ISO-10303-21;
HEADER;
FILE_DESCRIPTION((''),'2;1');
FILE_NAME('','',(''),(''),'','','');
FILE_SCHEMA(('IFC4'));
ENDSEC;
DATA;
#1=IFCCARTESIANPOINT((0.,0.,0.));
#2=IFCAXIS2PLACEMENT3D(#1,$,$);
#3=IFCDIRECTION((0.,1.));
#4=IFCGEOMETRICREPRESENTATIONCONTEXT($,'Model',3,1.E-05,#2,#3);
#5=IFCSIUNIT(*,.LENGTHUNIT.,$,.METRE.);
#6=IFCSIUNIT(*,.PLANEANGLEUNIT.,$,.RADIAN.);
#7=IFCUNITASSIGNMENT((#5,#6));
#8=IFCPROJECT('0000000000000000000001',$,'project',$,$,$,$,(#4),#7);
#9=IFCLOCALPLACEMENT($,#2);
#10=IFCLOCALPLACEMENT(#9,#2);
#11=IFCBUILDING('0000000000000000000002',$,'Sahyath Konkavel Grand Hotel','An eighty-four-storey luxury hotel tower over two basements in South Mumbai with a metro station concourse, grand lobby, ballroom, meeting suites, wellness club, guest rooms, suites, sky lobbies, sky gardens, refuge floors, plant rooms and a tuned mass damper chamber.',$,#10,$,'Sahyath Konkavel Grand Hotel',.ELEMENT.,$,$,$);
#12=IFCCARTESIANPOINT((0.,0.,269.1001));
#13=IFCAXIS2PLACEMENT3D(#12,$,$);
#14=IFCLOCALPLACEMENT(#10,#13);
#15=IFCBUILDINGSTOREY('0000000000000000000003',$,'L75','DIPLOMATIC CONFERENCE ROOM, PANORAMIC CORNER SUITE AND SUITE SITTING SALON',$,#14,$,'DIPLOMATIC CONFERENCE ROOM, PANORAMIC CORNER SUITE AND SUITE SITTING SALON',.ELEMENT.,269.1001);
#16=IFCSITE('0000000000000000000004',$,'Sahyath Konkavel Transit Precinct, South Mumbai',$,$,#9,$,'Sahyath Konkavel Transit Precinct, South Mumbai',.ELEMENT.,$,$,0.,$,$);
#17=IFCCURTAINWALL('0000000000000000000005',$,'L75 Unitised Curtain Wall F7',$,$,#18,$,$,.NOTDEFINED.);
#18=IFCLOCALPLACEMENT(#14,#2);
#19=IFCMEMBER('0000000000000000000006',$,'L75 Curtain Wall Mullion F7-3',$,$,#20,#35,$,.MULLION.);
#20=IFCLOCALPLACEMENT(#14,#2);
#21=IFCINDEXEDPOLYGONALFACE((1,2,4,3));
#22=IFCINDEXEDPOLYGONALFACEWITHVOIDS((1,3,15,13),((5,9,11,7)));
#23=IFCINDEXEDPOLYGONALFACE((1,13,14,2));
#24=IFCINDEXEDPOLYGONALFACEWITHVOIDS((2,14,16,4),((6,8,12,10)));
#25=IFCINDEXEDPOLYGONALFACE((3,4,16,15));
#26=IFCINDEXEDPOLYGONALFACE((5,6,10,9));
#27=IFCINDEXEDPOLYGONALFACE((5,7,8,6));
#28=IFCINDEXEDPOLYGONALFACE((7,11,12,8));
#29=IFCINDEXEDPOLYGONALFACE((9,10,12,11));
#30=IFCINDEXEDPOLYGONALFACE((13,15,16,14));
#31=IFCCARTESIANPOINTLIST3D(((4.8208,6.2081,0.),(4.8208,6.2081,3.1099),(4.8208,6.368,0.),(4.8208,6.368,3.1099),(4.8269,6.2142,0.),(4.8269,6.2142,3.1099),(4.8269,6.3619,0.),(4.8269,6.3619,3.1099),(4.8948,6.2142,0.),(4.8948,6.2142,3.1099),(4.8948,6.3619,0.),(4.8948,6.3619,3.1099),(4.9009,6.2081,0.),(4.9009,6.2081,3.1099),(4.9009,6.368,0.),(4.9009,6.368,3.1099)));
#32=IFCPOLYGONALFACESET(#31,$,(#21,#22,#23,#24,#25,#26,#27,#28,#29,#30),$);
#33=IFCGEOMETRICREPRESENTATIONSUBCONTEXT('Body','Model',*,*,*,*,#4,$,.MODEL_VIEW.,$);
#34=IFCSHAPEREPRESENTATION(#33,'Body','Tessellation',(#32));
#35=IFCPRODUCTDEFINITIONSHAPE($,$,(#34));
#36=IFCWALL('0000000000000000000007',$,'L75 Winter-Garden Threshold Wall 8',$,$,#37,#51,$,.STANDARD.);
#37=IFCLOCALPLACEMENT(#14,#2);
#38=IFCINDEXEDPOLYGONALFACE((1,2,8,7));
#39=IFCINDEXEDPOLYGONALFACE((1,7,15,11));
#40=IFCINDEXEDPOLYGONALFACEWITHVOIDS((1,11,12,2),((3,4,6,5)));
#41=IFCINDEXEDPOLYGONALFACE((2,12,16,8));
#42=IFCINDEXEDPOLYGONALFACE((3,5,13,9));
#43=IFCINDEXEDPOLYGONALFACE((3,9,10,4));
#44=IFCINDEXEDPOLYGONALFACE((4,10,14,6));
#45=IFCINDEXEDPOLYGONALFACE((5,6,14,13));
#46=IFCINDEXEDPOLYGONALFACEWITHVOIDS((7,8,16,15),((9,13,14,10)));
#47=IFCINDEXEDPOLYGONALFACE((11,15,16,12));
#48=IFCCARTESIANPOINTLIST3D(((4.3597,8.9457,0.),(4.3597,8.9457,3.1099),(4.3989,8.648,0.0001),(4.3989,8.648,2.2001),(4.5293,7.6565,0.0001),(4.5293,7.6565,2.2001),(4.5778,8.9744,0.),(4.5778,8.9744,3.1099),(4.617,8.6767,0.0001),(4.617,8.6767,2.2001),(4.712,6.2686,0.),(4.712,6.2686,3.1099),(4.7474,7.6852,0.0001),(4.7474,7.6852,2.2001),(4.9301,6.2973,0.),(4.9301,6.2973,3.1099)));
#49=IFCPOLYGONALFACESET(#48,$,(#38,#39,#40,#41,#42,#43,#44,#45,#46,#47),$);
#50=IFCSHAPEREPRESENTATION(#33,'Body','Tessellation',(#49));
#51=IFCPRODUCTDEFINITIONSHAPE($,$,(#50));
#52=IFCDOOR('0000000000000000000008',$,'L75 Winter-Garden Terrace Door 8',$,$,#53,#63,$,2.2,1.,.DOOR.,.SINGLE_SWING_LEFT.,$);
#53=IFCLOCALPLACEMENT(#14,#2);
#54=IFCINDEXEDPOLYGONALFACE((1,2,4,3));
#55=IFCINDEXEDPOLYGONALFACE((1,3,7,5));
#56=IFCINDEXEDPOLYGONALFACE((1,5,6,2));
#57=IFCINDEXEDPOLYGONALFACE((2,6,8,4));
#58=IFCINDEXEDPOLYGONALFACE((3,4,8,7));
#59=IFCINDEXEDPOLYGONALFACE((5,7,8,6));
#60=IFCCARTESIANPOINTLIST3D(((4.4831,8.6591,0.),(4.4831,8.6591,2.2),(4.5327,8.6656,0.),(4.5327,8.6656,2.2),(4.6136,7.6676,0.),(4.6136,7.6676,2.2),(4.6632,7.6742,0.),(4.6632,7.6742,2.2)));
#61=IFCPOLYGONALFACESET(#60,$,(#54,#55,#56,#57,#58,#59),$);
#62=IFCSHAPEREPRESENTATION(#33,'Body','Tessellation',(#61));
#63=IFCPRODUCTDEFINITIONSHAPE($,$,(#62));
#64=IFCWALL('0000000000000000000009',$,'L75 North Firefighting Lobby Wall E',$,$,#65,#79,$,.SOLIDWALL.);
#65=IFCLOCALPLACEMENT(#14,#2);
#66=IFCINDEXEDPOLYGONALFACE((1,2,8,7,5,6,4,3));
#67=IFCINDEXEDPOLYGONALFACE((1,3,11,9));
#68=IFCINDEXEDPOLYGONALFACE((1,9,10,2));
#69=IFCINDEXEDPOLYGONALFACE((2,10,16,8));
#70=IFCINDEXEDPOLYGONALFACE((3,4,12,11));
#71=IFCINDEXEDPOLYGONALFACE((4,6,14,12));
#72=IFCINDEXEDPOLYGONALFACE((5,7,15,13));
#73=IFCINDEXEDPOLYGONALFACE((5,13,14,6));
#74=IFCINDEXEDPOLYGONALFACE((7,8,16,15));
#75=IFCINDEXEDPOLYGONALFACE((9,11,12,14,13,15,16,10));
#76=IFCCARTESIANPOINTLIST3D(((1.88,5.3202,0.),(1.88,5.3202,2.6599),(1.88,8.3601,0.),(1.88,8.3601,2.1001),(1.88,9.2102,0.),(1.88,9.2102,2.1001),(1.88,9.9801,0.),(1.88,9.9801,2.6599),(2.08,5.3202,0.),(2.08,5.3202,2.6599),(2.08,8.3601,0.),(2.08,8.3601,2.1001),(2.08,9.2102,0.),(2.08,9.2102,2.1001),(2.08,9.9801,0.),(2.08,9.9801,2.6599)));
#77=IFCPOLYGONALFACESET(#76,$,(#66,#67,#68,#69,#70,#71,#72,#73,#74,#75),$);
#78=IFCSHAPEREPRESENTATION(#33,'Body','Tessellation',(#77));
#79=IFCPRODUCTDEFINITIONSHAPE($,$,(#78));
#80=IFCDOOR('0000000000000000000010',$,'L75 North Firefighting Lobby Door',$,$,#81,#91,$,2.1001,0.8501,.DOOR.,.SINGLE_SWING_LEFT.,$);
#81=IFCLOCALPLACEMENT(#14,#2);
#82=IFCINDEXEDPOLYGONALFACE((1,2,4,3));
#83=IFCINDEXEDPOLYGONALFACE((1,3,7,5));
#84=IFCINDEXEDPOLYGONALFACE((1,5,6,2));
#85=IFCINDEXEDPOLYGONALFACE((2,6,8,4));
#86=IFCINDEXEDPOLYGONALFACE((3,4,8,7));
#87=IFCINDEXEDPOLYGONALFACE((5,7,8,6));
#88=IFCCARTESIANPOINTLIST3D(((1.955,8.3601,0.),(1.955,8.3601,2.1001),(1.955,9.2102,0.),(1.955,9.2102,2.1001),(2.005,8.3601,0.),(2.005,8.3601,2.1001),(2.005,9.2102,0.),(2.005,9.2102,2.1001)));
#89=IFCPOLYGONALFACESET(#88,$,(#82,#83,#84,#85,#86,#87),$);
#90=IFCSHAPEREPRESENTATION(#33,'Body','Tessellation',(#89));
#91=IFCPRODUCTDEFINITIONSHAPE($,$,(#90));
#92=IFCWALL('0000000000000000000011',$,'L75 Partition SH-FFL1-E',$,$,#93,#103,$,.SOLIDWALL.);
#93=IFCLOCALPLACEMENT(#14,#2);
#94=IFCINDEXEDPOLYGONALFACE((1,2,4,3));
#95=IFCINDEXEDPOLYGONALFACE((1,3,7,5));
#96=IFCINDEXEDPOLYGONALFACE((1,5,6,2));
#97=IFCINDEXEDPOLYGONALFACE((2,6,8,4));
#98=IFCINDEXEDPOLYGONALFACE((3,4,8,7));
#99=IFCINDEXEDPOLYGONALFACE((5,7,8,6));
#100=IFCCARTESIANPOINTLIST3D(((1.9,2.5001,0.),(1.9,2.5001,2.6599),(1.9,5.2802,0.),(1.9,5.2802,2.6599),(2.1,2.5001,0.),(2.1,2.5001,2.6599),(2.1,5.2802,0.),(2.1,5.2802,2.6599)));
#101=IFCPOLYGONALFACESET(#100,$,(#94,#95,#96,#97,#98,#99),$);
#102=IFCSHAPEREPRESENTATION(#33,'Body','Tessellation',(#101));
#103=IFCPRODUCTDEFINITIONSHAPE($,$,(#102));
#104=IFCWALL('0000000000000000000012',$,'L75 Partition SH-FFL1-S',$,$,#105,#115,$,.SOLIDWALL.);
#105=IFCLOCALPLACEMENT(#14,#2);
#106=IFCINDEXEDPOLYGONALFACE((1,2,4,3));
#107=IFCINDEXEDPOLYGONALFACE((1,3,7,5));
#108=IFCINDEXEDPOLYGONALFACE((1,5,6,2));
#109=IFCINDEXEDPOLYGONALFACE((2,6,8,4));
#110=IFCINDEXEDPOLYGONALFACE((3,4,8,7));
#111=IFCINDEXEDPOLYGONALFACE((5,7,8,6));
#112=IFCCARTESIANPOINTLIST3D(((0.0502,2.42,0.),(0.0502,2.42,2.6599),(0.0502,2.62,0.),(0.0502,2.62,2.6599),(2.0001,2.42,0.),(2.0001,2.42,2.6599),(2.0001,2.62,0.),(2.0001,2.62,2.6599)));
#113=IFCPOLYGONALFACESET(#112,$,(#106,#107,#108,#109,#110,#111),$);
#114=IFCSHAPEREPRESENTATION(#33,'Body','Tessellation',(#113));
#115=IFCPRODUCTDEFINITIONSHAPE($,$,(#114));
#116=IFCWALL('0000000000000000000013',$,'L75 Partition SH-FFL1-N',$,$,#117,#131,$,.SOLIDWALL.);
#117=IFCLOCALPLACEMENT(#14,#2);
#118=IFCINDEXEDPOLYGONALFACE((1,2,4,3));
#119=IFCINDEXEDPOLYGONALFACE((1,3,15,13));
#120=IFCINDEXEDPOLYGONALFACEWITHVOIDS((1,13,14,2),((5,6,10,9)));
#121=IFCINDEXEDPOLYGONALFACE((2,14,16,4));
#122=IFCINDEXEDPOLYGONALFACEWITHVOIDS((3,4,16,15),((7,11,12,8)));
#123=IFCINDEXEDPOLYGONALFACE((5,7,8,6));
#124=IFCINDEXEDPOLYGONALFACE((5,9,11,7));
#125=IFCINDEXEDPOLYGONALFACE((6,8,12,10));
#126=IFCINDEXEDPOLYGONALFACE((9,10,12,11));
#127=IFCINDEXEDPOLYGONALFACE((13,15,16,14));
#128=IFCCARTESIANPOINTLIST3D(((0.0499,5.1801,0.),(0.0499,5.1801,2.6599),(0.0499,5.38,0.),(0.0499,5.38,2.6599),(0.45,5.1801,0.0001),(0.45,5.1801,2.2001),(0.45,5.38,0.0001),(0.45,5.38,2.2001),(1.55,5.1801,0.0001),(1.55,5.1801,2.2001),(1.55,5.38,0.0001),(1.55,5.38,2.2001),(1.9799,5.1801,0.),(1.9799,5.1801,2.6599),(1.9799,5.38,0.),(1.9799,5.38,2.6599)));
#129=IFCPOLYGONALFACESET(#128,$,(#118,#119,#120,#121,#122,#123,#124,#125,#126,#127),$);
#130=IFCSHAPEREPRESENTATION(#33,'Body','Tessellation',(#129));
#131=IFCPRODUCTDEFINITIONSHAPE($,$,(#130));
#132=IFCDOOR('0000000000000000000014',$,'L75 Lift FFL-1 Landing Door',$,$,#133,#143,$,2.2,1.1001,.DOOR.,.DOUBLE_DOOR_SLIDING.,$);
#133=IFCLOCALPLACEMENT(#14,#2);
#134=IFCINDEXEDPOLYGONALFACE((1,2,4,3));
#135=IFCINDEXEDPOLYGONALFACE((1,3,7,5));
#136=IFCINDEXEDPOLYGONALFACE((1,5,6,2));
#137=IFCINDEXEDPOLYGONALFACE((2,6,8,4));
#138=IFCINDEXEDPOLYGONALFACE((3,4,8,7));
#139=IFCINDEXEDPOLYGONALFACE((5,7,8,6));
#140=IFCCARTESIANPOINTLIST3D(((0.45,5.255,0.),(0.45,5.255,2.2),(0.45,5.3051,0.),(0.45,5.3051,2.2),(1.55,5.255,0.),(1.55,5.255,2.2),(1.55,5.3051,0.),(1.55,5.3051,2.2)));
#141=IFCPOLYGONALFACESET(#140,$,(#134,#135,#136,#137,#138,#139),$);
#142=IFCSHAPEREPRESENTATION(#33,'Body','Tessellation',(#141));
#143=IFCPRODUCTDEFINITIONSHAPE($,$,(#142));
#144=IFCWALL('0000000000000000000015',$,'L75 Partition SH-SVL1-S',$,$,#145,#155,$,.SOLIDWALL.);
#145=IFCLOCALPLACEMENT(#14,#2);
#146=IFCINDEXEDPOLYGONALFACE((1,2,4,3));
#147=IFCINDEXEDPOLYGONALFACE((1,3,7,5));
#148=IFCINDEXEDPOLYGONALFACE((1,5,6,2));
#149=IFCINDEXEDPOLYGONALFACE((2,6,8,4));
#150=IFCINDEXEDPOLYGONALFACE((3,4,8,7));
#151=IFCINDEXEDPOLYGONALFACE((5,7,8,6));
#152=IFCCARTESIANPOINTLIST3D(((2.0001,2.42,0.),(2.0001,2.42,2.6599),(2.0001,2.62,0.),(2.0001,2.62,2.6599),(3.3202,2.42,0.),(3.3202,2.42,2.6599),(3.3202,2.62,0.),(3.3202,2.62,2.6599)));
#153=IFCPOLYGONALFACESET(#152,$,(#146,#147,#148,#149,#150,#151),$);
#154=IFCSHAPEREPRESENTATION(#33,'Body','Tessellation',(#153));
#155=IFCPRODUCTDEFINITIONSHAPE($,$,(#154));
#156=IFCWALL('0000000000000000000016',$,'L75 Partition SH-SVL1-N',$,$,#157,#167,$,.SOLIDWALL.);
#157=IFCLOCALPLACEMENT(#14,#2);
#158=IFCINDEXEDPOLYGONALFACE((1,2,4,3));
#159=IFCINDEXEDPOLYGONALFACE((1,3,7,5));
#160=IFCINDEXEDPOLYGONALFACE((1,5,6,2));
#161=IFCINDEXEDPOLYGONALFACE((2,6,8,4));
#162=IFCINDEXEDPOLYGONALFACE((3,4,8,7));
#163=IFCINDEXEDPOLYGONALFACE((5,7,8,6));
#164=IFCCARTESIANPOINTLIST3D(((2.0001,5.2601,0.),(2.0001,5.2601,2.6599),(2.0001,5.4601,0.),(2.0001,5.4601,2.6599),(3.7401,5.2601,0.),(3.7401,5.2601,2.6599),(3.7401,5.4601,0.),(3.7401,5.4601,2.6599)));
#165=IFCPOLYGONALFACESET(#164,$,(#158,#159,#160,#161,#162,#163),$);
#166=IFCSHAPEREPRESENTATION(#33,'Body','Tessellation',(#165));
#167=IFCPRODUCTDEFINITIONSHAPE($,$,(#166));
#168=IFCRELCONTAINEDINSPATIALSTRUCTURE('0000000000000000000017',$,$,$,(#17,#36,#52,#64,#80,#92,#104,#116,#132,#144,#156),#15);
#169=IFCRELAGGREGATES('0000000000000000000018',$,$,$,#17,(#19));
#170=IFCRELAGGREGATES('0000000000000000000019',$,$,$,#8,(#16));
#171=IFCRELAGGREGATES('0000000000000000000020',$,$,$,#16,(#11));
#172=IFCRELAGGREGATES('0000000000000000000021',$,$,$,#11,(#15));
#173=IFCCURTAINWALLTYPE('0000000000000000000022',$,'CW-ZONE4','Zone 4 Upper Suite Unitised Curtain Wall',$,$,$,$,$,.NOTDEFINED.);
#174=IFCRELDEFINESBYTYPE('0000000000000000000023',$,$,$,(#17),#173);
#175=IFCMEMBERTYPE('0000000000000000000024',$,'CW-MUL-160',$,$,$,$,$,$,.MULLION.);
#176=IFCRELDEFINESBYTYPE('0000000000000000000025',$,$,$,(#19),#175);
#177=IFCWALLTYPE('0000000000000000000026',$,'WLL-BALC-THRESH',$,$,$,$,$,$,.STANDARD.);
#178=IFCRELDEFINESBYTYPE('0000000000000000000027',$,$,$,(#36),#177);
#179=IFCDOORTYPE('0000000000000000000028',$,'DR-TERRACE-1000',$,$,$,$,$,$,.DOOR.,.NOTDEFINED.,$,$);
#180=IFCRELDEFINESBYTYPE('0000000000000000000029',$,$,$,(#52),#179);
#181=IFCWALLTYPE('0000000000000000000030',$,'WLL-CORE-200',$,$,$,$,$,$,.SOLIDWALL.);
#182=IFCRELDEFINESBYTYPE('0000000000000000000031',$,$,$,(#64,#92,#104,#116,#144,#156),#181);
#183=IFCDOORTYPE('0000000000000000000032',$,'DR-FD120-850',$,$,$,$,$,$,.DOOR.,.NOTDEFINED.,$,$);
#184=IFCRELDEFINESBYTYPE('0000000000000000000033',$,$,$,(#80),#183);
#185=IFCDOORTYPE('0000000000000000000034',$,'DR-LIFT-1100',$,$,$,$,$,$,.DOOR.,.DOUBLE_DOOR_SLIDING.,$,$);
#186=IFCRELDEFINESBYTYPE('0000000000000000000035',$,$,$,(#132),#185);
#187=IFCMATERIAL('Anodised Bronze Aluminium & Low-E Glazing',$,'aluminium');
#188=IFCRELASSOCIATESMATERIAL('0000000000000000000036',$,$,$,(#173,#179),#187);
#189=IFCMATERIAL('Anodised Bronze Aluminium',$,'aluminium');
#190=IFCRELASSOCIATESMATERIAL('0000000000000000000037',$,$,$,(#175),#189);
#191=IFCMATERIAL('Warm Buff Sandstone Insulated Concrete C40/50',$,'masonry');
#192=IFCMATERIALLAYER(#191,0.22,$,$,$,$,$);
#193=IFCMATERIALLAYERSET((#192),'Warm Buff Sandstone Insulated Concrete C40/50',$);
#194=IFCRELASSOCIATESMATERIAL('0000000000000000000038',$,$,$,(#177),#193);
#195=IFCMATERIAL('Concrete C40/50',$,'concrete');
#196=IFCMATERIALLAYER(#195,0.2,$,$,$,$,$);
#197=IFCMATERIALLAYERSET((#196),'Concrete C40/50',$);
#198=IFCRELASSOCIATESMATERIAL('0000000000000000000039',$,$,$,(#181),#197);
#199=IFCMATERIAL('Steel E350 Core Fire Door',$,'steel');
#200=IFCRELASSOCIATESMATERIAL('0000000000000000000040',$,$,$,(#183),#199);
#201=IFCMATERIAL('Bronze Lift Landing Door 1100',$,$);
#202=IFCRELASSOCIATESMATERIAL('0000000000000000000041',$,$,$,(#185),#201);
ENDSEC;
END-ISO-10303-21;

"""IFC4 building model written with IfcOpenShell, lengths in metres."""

from ifc_helpers import new_model, si_unit, direction, frame, frame_2d, origin, origin_2d, place, context, subcontext, project, spatial, rectangle, hollow_rectangle, extrude, source, transform, mapped, material, layer, layer_set, material_profile, profile_set, type_object, element, fill, aggregate, save


model = new_model("IFC4")

# Units and contexts
model_context = context("Model", 3, precision=1e-05, world=origin(), true_north=direction((0.0, 1.0)))
body_context = subcontext(model_context, "Body", "Model", "MODEL_VIEW")
ifc_project = project(units=[si_unit("LENGTHUNIT", "METRE"), si_unit("PLANEANGLEUNIT", "RADIAN")], contexts=[model_context])

# Site, building, storey
site_placement = place(None, origin())
site = spatial("IfcSite", under=ifc_project, at=site_placement, Name="Sahyath Konkavel Transit Precinct, South Mumbai", LongName="Sahyath Konkavel Transit Precinct, South Mumbai", CompositionType="ELEMENT", RefElevation=0.0)
building_placement = place(site_placement, origin())
building = spatial("IfcBuilding", under=site, at=building_placement, Name="Sahyath Konkavel Grand Hotel", Description="An eighty-four-storey luxury hotel tower over two basements in South Mumbai with a metro station concourse, grand lobby, ballroom, meeting suites, wellness club, guest rooms, suites, sky lobbies, sky gardens, refuge floors, plant rooms and a tuned mass damper chamber.", LongName="Sahyath Konkavel Grand Hotel", CompositionType="ELEMENT")
storey_placement = place(building_placement, frame((0.0, 0.0, 269.1001)))
storey = spatial("IfcBuildingStorey", under=building, at=storey_placement, Name="L75", Description="DIPLOMATIC CONFERENCE ROOM, PANORAMIC CORNER SUITE AND SUITE SITTING SALON", LongName="DIPLOMATIC CONFERENCE ROOM, PANORAMIC CORNER SUITE AND SUITE SITTING SALON", CompositionType="ELEMENT", Elevation=269.1001)

# Curtain wall, member
ifc_material_1 = material(Name="Anodised Bronze Aluminium & Low-E Glazing", Category="aluminium")
curtain_wall_type = type_object("IfcCurtainWallType", Name="CW-ZONE4", Description="Zone 4 Upper Suite Unitised Curtain Wall", PredefinedType="NOTDEFINED", material=ifc_material_1)
curtain_wall_placement = place(storey_placement, origin())
curtain_wall = element("IfcCurtainWall", 1, at=curtain_wall_placement, inside=storey, type_object=curtain_wall_type, Name="L75 Unitised Curtain Wall F7", PredefinedType="NOTDEFINED")
ifc_material_2 = material(Name="Anodised Bronze Aluminium", Category="aluminium")
ifc_material_profile = material_profile(ifc_material_2, hollow_rectangle(XDim=0.0801, YDim=0.1599, WallThickness=0.0061, at=origin_2d()), Name="RHS 160x80x6")
ifc_profile_set = profile_set([ifc_material_profile], Name="Anodised Bronze Aluminium")
member_type = type_object("IfcMemberType", Name="CW-MUL-160", PredefinedType="MULLION", material=ifc_profile_set)
shared_shape_1 = source(origin(), body_context, "Body", "SweptSolid", [
    extrude(hollow_rectangle(XDim=0.0801, YDim=0.1599, WallThickness=0.0061, at=origin_2d()), origin(), (0.0, 0.0, 1.0), 3.1099),
])
member_placement = place(storey_placement, frame((4.8608, 6.2881, 0.0), z_axis=(0.0, 0.0, 1.0), x_axis=(1.0, 0.0, 0.0)))
member = element("IfcMember", 2, at=member_placement, type_object=member_type, Name="L75 Curtain Wall Mullion F7-3", PredefinedType="MULLION", context=body_context, shape_type="MappedRepresentation", body=[
    mapped(shared_shape_1, transform((0.0, 0.0, 0.0), scale=1.0)),
])
aggregate(curtain_wall, [member])

# Walls, openings, doors
ifc_material_3 = material(Name="Warm Buff Sandstone Insulated Concrete C40/50", Category="masonry")
ifc_layer_1 = layer(ifc_material_3, 0.22)
ifc_layer_set_1 = layer_set([ifc_layer_1], Name="Warm Buff Sandstone Insulated Concrete C40/50")
wall_type_1 = type_object("IfcWallType", Name="WLL-BALC-THRESH", PredefinedType="STANDARD", material=ifc_layer_set_1)
wall_1_placement = place(storey_placement, frame((4.821, 6.283, 0.0), z_axis=(0.0, 0.0, 1.0), x_axis=(-0.130476, 0.991452, 0.0)))
wall_1 = element("IfcWall", 3, at=wall_1_placement, inside=storey, type_object=wall_type_1, Name="L75 Winter-Garden Threshold Wall 8", PredefinedType="STANDARD", context=body_context, shape_type="SweptSolid", body=[
    extrude(rectangle(XDim=2.7002, YDim=0.22, at=frame_2d((1.3501, 0.0))), origin(), (0.0, 0.0, 1.0), 3.1099),
])
opening_1_placement = place(wall_1_placement, frame((1.3999, 0.0, 0.0)))
opening_1 = element("IfcOpeningElement", 4, at=opening_1_placement, cuts=wall_1, PredefinedType="OPENING", context=body_context, shape_type="SweptSolid", body=[
    extrude(rectangle(XDim=1.0, YDim=2.2, at=frame_2d((0.5, 1.1001))), frame((0.0, 0.1201, 0.0), z_axis=(0.0, -1.0, 0.0), x_axis=(1.0, 0.0, 0.0)), (0.0, 0.0, 1.0), 0.24),
])
door_type_1 = type_object("IfcDoorType", Name="DR-TERRACE-1000", OperationType="NOTDEFINED", PredefinedType="DOOR", material=ifc_material_1)
shared_shape_2 = source(origin(), body_context, "Body", "SweptSolid", [
    extrude(rectangle(XDim=1.0, YDim=0.05, at=origin_2d()), origin(), (0.0, 0.0, 1.0), 2.2),
])
door_1_placement = place(opening_1_placement, frame((0.5, 0.0, 0.0)))
door_1 = element("IfcDoor", 5, at=door_1_placement, inside=storey, type_object=door_type_1, Name="L75 Winter-Garden Terrace Door 8", OperationType="SINGLE_SWING_LEFT", OverallHeight=2.2, OverallWidth=1.0, PredefinedType="DOOR", context=body_context, shape_type="MappedRepresentation", body=[
    mapped(shared_shape_2, transform((0.0, 0.0, 0.0), scale=1.0)),
])
fill(opening_1, door_1)
ifc_material_4 = material(Name="Concrete C40/50", Category="concrete")
ifc_layer_2 = layer(ifc_material_4, 0.2)
ifc_layer_set_2 = layer_set([ifc_layer_2], Name="Concrete C40/50")
wall_type_2 = type_object("IfcWallType", Name="WLL-CORE-200", PredefinedType="SOLIDWALL", material=ifc_layer_set_2)
wall_2_placement = place(storey_placement, frame((1.98, 5.3201, 0.0), z_axis=(0.0, 0.0, 1.0), x_axis=(0.0, 1.0, 0.0)))
wall_2 = element("IfcWall", 6, at=wall_2_placement, inside=storey, type_object=wall_type_2, Name="L75 North Firefighting Lobby Wall E", PredefinedType="SOLIDWALL", context=body_context, shape_type="SweptSolid", body=[
    extrude(rectangle(XDim=4.6599, YDim=0.2, at=frame_2d((2.3301, 0.0))), origin(), (0.0, 0.0, 1.0), 2.6599),
])
opening_2_placement = place(wall_2_placement, frame((3.04, 0.0, 0.0)))
opening_2 = element("IfcOpeningElement", 7, at=opening_2_placement, cuts=wall_2, PredefinedType="OPENING", context=body_context, shape_type="SweptSolid", body=[
    extrude(rectangle(XDim=0.8501, YDim=2.1001, at=frame_2d((0.425, 1.05))), frame((0.0, 0.1099, 0.0), z_axis=(0.0, -1.0, 0.0), x_axis=(1.0, 0.0, 0.0)), (0.0, 0.0, 1.0), 0.22),
])
ifc_material_5 = material(Name="Steel E350 Core Fire Door", Category="steel")
door_type_2 = type_object("IfcDoorType", Name="DR-FD120-850", OperationType="NOTDEFINED", PredefinedType="DOOR", material=ifc_material_5)
shared_shape_3 = source(origin(), body_context, "Body", "SweptSolid", [
    extrude(rectangle(XDim=0.8501, YDim=0.05, at=origin_2d()), origin(), (0.0, 0.0, 1.0), 2.1001),
])
door_2_placement = place(opening_2_placement, frame((0.425, 0.0, 0.0)))
door_2 = element("IfcDoor", 8, at=door_2_placement, inside=storey, type_object=door_type_2, Name="L75 North Firefighting Lobby Door", OperationType="SINGLE_SWING_LEFT", OverallHeight=2.1001, OverallWidth=0.8501, PredefinedType="DOOR", context=body_context, shape_type="MappedRepresentation", body=[
    mapped(shared_shape_3, transform((0.0, 0.0, 0.0), scale=1.0)),
])
fill(opening_2, door_2)

# Walls
wall_3_placement = place(storey_placement, frame((2.0, 2.5, 0.0), z_axis=(0.0, 0.0, 1.0), x_axis=(0.0, 1.0, 0.0)))
element("IfcWall", 9, at=wall_3_placement, inside=storey, type_object=wall_type_2, Name="L75 Partition SH-FFL1-E", PredefinedType="SOLIDWALL", context=body_context, shape_type="SweptSolid", body=[
    extrude(rectangle(XDim=2.78, YDim=0.2, at=frame_2d((1.3901, 0.0))), origin(), (0.0, 0.0, 1.0), 2.6599),
])
wall_4_placement = place(storey_placement, frame((0.05, 2.52, 0.0), z_axis=(0.0, 0.0, 1.0), x_axis=(1.0, 0.0, 0.0)))
element("IfcWall", 10, at=wall_4_placement, inside=storey, type_object=wall_type_2, Name="L75 Partition SH-FFL1-S", PredefinedType="SOLIDWALL", context=body_context, shape_type="SweptSolid", body=[
    extrude(rectangle(XDim=1.95, YDim=0.2, at=frame_2d((0.9751, 0.0))), origin(), (0.0, 0.0, 1.0), 2.6599),
])

# Wall, opening, door
wall_5_placement = place(storey_placement, frame((0.05, 5.28, 0.0), z_axis=(0.0, 0.0, 1.0), x_axis=(1.0, 0.0, 0.0)))
wall_5 = element("IfcWall", 11, at=wall_5_placement, inside=storey, type_object=wall_type_2, Name="L75 Partition SH-FFL1-N", PredefinedType="SOLIDWALL", context=body_context, shape_type="SweptSolid", body=[
    extrude(rectangle(XDim=1.9299, YDim=0.2, at=frame_2d((0.9648, 0.0))), origin(), (0.0, 0.0, 1.0), 2.6599),
])
opening_3_placement = place(wall_5_placement, frame((0.3999, 0.0, 0.0)))
opening_3 = element("IfcOpeningElement", 12, at=opening_3_placement, cuts=wall_5, PredefinedType="OPENING", context=body_context, shape_type="SweptSolid", body=[
    extrude(rectangle(XDim=1.1001, YDim=2.2, at=frame_2d((0.55, 1.1001))), frame((0.0, 0.1099, 0.0), z_axis=(0.0, -1.0, 0.0), x_axis=(1.0, 0.0, 0.0)), (0.0, 0.0, 1.0), 0.22),
])
ifc_material_6 = material(Name="Bronze Lift Landing Door 1100")
door_type_3 = type_object("IfcDoorType", Name="DR-LIFT-1100", OperationType="DOUBLE_DOOR_SLIDING", PredefinedType="DOOR", material=ifc_material_6)
shared_shape_4 = source(origin(), body_context, "Body", "SweptSolid", [
    extrude(rectangle(XDim=1.1001, YDim=0.05, at=origin_2d()), origin(), (0.0, 0.0, 1.0), 2.2),
])
door_3_placement = place(opening_3_placement, frame((0.55, 0.0, 0.0)))
door_3 = element("IfcDoor", 13, at=door_3_placement, inside=storey, type_object=door_type_3, Name="L75 Lift FFL-1 Landing Door", OperationType="DOUBLE_DOOR_SLIDING", OverallHeight=2.2, OverallWidth=1.1001, PredefinedType="DOOR", context=body_context, shape_type="MappedRepresentation", body=[
    mapped(shared_shape_4, transform((0.0, 0.0, 0.0), scale=1.0)),
])
fill(opening_3, door_3)

# Walls
wall_6_placement = place(storey_placement, frame((2.0, 2.52, 0.0), z_axis=(0.0, 0.0, 1.0), x_axis=(1.0, 0.0, 0.0)))
element("IfcWall", 14, at=wall_6_placement, inside=storey, type_object=wall_type_2, Name="L75 Partition SH-SVL1-S", PredefinedType="SOLIDWALL", context=body_context, shape_type="SweptSolid", body=[
    extrude(rectangle(XDim=1.3201, YDim=0.2, at=frame_2d((0.6602, 0.0))), origin(), (0.0, 0.0, 1.0), 2.6599),
])
wall_7_placement = place(storey_placement, frame((2.0, 5.3601, 0.0), z_axis=(0.0, 0.0, 1.0), x_axis=(1.0, 0.0, 0.0)))
element("IfcWall", 15, at=wall_7_placement, inside=storey, type_object=wall_type_2, Name="L75 Partition SH-SVL1-N", PredefinedType="SOLIDWALL", context=body_context, shape_type="SweptSolid", body=[
    extrude(rectangle(XDim=1.74, YDim=0.2, at=frame_2d((0.8701, 0.0))), origin(), (0.0, 0.0, 1.0), 2.6599),
])

save(model, "model.ifc")
